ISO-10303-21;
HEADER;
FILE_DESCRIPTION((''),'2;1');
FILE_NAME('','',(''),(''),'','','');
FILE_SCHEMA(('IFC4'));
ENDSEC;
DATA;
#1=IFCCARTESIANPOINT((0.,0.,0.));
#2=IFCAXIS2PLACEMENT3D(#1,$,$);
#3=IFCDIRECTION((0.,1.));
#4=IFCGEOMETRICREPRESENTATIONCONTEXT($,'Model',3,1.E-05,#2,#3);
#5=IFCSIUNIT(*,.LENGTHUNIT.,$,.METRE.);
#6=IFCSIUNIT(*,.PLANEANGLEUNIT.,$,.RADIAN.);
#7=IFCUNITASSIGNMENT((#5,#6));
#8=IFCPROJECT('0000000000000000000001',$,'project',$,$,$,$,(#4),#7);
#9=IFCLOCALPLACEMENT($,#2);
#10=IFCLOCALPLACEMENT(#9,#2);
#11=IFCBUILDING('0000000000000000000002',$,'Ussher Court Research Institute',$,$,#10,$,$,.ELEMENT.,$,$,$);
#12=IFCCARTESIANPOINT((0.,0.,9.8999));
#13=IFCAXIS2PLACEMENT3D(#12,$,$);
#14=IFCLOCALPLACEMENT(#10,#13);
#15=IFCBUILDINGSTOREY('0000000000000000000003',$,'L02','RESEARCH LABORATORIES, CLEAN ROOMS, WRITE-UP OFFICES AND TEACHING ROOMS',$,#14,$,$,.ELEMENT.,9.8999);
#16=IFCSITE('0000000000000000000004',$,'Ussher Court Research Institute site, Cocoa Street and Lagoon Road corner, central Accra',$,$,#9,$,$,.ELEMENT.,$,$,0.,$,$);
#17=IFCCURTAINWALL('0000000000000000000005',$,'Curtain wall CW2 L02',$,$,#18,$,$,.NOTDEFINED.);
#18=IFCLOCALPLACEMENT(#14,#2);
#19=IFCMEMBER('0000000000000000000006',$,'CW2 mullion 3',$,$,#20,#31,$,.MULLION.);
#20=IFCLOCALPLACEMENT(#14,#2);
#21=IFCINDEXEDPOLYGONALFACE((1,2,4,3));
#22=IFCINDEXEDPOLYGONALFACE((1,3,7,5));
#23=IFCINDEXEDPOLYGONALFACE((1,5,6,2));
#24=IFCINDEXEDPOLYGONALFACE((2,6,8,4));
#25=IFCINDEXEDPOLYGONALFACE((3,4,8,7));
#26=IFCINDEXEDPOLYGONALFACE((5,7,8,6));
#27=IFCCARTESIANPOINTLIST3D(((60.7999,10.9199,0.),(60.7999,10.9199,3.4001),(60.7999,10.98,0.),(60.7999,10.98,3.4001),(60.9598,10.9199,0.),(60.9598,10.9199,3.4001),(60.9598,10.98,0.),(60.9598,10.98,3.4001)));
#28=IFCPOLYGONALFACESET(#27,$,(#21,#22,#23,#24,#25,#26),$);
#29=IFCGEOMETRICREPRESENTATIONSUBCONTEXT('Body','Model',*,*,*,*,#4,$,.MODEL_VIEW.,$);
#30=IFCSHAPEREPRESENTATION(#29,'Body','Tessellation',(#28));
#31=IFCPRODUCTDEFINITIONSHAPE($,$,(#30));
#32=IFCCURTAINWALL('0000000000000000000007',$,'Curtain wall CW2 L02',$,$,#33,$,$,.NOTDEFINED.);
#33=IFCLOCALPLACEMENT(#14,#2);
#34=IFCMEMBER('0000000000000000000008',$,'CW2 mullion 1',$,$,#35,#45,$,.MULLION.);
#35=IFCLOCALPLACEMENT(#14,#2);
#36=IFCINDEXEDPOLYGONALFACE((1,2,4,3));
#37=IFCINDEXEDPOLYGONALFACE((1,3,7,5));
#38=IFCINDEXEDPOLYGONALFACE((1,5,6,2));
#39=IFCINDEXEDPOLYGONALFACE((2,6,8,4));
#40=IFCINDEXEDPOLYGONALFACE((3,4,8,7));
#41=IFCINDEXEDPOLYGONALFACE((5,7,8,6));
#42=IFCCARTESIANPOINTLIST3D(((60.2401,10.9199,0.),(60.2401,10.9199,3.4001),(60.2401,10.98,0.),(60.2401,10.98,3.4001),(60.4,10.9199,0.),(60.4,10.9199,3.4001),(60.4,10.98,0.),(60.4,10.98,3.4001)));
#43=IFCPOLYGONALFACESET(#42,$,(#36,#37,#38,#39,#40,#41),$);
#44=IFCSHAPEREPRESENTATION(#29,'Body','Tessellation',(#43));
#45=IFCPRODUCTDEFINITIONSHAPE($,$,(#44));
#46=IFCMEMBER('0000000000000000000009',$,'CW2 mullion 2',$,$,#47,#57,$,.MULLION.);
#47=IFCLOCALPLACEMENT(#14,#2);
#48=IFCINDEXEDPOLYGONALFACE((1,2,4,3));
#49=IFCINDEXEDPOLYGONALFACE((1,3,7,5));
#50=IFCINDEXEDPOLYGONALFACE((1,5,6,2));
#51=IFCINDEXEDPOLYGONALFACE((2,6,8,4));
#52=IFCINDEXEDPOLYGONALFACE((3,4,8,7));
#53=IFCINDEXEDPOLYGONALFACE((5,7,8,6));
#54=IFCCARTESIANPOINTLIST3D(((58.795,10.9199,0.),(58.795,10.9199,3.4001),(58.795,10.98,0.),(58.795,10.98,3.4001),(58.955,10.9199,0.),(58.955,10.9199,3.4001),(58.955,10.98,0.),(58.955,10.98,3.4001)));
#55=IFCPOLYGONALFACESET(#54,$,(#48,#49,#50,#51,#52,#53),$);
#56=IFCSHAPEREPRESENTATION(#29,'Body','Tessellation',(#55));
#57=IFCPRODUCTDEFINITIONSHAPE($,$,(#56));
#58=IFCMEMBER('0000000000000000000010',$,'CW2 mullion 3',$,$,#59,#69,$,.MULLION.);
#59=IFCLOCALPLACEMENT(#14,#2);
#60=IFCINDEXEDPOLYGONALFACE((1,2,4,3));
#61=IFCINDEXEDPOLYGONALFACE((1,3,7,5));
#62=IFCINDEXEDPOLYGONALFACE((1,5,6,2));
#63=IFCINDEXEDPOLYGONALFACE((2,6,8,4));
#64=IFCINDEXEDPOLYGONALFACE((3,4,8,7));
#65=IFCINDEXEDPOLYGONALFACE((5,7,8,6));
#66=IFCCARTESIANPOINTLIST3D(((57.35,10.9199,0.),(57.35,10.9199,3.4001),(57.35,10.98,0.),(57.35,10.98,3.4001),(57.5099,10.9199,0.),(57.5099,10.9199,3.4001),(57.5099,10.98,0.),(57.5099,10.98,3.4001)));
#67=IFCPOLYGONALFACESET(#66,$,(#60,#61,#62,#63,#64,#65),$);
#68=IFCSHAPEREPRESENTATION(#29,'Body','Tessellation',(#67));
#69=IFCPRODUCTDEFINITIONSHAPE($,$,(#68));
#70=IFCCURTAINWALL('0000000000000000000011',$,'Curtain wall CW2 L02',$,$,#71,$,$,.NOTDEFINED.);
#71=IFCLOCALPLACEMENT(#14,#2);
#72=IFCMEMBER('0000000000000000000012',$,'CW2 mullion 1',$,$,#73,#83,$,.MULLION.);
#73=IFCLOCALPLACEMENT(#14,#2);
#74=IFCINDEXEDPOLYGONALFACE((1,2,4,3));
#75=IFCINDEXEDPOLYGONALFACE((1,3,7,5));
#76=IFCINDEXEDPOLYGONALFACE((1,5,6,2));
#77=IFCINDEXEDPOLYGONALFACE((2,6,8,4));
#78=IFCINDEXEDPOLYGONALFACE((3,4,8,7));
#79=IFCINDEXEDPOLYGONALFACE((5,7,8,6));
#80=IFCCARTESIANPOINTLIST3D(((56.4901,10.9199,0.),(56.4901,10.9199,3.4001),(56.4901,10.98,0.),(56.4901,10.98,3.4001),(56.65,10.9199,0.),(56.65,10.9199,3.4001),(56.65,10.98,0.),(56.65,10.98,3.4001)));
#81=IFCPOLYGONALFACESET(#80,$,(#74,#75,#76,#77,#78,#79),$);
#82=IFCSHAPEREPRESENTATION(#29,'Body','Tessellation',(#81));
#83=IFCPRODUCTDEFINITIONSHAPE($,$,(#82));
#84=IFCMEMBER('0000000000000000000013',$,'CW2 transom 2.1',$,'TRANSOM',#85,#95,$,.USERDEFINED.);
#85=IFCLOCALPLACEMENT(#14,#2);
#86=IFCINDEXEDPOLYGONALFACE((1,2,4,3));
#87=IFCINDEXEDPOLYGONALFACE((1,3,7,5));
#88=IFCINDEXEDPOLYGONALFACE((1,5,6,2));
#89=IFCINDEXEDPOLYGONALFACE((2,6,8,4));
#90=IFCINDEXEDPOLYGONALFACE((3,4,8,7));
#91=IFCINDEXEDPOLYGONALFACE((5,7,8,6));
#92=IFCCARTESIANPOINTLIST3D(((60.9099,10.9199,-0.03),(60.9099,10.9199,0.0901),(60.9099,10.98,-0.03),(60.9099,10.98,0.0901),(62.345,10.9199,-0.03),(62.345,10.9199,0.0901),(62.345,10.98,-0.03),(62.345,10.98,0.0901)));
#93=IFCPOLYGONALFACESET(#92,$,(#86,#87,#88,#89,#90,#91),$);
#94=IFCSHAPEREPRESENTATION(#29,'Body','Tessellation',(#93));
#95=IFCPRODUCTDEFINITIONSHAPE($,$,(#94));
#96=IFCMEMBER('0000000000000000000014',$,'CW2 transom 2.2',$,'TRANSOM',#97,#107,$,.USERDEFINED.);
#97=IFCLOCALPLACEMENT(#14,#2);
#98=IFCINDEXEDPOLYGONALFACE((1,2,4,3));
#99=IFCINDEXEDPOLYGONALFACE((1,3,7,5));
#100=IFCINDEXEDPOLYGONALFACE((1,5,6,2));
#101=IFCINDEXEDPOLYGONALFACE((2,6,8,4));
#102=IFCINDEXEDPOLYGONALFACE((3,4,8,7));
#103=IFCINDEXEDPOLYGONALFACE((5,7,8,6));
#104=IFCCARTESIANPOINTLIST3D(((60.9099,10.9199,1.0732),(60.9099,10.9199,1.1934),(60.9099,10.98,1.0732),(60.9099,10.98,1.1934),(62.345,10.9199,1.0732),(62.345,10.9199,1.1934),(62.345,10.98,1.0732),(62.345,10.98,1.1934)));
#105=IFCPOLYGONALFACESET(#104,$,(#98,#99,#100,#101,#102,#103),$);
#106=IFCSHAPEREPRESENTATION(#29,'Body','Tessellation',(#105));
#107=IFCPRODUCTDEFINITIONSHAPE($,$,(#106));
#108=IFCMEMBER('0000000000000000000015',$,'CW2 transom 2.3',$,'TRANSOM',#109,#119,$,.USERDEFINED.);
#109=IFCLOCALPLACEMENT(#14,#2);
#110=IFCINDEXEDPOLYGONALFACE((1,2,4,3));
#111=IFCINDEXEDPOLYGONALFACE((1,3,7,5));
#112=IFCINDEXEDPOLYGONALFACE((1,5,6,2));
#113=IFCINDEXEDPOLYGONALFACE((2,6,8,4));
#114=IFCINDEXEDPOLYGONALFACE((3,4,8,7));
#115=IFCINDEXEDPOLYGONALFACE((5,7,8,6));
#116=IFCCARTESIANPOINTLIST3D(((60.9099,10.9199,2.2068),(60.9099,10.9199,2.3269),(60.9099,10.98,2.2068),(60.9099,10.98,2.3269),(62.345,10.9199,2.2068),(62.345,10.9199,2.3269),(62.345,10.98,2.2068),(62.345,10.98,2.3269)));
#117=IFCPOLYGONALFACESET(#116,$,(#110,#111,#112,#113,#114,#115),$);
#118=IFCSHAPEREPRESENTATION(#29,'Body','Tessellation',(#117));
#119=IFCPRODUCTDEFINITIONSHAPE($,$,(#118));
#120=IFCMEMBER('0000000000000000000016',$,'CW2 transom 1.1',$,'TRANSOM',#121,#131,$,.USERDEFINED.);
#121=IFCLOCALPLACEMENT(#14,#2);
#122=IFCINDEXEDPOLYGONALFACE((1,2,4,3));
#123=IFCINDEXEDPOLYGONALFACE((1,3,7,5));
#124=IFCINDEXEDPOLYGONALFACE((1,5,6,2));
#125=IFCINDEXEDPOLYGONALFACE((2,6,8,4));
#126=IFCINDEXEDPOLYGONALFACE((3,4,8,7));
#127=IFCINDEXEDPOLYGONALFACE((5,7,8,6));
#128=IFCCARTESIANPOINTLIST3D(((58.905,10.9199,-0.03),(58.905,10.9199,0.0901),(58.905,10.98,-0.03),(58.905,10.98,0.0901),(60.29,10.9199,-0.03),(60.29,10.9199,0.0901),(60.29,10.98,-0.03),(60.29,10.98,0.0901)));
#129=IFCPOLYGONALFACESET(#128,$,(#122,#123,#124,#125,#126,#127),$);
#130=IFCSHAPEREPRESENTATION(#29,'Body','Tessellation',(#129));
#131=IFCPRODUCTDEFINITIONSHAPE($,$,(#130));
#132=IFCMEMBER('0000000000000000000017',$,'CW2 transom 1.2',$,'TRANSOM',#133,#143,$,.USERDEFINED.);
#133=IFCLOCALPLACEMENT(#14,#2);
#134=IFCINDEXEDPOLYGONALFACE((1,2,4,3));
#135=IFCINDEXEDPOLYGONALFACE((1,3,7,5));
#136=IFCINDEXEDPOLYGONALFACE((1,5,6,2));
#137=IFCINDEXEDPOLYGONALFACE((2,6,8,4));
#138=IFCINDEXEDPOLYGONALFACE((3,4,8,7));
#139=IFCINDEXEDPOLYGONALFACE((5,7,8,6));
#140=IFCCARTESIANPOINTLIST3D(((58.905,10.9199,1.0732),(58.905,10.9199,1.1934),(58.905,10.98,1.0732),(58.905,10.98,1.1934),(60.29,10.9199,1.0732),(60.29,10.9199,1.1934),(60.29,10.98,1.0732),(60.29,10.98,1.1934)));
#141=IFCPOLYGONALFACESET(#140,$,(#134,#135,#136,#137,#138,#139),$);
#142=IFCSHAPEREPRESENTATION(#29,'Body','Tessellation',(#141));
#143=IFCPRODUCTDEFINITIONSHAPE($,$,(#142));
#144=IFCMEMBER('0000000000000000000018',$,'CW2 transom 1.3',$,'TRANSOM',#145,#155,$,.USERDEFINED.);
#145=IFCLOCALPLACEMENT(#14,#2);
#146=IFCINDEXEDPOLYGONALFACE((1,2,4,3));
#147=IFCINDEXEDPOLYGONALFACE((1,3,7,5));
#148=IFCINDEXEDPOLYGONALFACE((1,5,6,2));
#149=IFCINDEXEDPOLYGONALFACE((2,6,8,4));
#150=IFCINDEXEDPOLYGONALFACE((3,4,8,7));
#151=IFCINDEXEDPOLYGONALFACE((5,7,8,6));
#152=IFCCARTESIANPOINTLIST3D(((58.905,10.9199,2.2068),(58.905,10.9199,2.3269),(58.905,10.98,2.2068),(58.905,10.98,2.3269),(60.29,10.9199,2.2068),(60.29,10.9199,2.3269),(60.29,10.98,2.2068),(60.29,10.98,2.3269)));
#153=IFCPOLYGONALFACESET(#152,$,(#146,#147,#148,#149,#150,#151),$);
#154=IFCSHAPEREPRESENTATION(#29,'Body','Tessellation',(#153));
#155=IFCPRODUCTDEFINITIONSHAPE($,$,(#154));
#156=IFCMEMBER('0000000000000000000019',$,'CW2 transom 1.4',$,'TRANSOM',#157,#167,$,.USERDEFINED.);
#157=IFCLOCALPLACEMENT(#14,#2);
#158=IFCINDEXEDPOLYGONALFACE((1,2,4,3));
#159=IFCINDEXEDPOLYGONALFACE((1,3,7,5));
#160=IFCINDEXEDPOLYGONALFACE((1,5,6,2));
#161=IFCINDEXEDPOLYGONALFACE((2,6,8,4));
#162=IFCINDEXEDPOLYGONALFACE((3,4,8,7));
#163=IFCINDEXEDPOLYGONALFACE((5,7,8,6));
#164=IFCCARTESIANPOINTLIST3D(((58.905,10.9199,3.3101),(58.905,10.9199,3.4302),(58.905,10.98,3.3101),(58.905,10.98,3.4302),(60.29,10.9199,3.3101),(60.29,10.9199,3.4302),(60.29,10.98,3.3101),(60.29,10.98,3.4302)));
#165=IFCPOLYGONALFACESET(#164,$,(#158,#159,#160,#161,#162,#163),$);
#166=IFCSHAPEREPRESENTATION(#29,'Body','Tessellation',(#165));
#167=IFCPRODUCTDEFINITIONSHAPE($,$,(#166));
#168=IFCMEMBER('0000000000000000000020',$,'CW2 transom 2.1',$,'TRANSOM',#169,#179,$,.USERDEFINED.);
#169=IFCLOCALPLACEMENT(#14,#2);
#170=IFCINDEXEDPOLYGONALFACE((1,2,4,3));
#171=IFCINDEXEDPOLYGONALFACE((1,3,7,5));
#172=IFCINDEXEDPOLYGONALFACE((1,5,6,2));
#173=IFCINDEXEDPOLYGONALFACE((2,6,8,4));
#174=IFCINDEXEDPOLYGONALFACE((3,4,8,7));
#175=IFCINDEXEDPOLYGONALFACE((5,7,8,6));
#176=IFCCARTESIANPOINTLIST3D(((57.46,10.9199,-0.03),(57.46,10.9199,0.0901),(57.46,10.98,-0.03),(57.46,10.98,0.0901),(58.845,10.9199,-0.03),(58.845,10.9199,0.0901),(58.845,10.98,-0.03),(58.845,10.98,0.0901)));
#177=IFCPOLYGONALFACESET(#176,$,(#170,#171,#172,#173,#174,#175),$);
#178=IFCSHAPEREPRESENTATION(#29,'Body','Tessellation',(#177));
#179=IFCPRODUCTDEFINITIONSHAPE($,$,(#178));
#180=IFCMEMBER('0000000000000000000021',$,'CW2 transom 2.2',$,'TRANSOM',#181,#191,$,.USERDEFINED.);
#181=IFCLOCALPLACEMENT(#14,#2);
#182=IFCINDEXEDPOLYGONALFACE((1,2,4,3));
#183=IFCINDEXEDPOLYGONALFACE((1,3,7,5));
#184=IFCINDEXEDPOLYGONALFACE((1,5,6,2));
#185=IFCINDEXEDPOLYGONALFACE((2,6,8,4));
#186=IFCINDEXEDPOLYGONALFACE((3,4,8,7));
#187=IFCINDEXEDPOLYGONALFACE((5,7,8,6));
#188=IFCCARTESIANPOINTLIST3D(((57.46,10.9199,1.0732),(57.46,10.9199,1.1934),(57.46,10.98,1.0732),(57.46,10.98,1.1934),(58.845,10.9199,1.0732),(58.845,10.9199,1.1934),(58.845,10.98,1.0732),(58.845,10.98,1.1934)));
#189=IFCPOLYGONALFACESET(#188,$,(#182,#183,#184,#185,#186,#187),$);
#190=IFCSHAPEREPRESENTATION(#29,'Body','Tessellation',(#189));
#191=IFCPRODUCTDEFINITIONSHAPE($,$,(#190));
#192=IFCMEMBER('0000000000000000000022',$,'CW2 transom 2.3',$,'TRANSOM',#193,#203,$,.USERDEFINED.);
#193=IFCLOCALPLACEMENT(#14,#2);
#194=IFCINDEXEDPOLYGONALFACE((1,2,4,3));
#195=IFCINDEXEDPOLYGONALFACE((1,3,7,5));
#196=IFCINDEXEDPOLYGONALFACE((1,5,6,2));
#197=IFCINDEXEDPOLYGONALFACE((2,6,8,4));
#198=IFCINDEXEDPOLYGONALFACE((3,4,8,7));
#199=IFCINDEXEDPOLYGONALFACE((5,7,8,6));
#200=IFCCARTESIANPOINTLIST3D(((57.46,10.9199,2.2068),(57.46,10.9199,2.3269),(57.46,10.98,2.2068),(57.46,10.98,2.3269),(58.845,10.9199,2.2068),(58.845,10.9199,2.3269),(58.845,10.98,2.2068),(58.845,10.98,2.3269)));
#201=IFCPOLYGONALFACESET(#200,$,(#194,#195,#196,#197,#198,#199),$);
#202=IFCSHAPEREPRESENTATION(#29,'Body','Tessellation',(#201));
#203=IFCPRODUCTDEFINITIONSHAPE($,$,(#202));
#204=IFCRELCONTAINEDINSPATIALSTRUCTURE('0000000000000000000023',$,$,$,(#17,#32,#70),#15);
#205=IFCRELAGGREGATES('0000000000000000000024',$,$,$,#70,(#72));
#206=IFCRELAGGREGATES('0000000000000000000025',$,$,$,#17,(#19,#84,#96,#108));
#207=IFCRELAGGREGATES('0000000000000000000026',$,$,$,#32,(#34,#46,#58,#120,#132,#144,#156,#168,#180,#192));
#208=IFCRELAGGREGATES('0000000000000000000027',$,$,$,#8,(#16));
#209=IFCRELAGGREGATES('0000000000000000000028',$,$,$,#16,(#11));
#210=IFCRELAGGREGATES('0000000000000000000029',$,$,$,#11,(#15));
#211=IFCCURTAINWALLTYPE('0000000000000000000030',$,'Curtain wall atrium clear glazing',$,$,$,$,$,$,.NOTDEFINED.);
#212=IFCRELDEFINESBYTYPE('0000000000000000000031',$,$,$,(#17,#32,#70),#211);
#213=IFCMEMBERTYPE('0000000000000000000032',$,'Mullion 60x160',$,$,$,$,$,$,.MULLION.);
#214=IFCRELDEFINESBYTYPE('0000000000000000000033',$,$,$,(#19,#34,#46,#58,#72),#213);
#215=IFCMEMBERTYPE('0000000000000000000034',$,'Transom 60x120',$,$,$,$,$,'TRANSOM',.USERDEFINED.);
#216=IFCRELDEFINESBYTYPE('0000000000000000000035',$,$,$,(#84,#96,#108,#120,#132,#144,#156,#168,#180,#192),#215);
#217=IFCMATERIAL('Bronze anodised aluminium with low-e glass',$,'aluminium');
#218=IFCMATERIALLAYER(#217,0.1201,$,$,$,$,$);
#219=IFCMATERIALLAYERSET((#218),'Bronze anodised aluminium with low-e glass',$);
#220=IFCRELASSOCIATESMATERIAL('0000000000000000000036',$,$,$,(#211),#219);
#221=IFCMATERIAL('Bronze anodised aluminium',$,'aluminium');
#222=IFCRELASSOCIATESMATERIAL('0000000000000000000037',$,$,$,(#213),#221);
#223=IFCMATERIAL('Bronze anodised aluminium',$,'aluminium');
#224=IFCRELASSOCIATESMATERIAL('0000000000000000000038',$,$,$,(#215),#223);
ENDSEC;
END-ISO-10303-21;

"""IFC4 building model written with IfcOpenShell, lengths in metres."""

from ifc_helpers import new_model, si_unit, direction, frame, origin, origin_2d, place, context, subcontext, project, spatial, rectangle, extrude, material, layer, layer_set, material_profile, profile_set, type_object, element, aggregate, save


model = new_model("IFC4")

# Units and contexts
model_context = context("Model", 3, precision=1e-05, world=origin(), true_north=direction((0.0, 1.0)))
body_context = subcontext(model_context, "Body", "Model", "MODEL_VIEW")
ifc_project = project(units=[si_unit("LENGTHUNIT", "METRE"), si_unit("PLANEANGLEUNIT", "RADIAN")], contexts=[model_context])

# Site, building, storey
site_placement = place(None, origin())
site = spatial("IfcSite", under=ifc_project, at=site_placement, Name="Ussher Court Research Institute site, Cocoa Street and Lagoon Road corner, central Accra", CompositionType="ELEMENT", RefElevation=0.0)
building_placement = place(site_placement, origin())
building = spatial("IfcBuilding", under=site, at=building_placement, Name="Ussher Court Research Institute", CompositionType="ELEMENT")
storey_placement = place(building_placement, frame((0.0, 0.0, 9.8999)))
storey = spatial("IfcBuildingStorey", under=building, at=storey_placement, Name="L02", Description="RESEARCH LABORATORIES, CLEAN ROOMS, WRITE-UP OFFICES AND TEACHING ROOMS", CompositionType="ELEMENT", Elevation=9.8999)

# Curtain wall, member
ifc_material_1 = material(Name="Bronze anodised aluminium with low-e glass", Category="aluminium")
ifc_layer_1 = layer(ifc_material_1, 0.1201)
ifc_layer_set_1 = layer_set([ifc_layer_1], Name="Bronze anodised aluminium with low-e glass")
curtain_wall_type = type_object("IfcCurtainWallType", Name="Curtain wall atrium clear glazing", PredefinedType="NOTDEFINED", material=ifc_layer_set_1)
curtain_wall_1_placement = place(storey_placement, origin())
curtain_wall_1 = element("IfcCurtainWall", 1, at=curtain_wall_1_placement, inside=storey, type_object=curtain_wall_type, Name="Curtain wall CW2 L02", PredefinedType="NOTDEFINED")
ifc_material_2 = material(Name="Bronze anodised aluminium", Category="aluminium")
ifc_material_profile_1 = material_profile(ifc_material_2, rectangle(XDim=0.0601, YDim=0.1599, at=origin_2d()), Name="Mullion 60x160")
ifc_profile_set_1 = profile_set([ifc_material_profile_1], Name="Bronze anodised aluminium")
member_type_1 = type_object("IfcMemberType", Name="Mullion 60x160", PredefinedType="MULLION", material=ifc_profile_set_1)
member_1_placement = place(storey_placement, frame((60.8799, 10.95, 0.0), z_axis=(0.0, 0.0, 1.0), x_axis=(0.0, -1.0, 0.0)))
member_1 = element("IfcMember", 2, at=member_1_placement, type_object=member_type_1, Name="CW2 mullion 3", PredefinedType="MULLION", context=body_context, shape_type="SweptSolid", body=[
    extrude(rectangle(XDim=0.0601, YDim=0.1599, at=origin_2d()), origin(), (0.0, 0.0, 1.0), 3.4001),
])

# Curtain wall, members
curtain_wall_2_placement = place(storey_placement, origin())
curtain_wall_2 = element("IfcCurtainWall", 3, at=curtain_wall_2_placement, inside=storey, type_object=curtain_wall_type, Name="Curtain wall CW2 L02", PredefinedType="NOTDEFINED")
member_2_placement = place(storey_placement, frame((60.3201, 10.95, 0.0), z_axis=(0.0, 0.0, 1.0), x_axis=(0.0, -1.0, 0.0)))
member_2 = element("IfcMember", 4, at=member_2_placement, type_object=member_type_1, Name="CW2 mullion 1", PredefinedType="MULLION", context=body_context, shape_type="SweptSolid", body=[
    extrude(rectangle(XDim=0.0601, YDim=0.1599, at=origin_2d()), origin(), (0.0, 0.0, 1.0), 3.4001),
])
member_3_placement = place(storey_placement, frame((58.875, 10.95, 0.0), z_axis=(0.0, 0.0, 1.0), x_axis=(0.0, -1.0, 0.0)))
member_3 = element("IfcMember", 5, at=member_3_placement, type_object=member_type_1, Name="CW2 mullion 2", PredefinedType="MULLION", context=body_context, shape_type="SweptSolid", body=[
    extrude(rectangle(XDim=0.0601, YDim=0.1599, at=origin_2d()), origin(), (0.0, 0.0, 1.0), 3.4001),
])
member_4_placement = place(storey_placement, frame((57.4299, 10.95, 0.0), z_axis=(0.0, 0.0, 1.0), x_axis=(0.0, -1.0, 0.0)))
member_4 = element("IfcMember", 6, at=member_4_placement, type_object=member_type_1, Name="CW2 mullion 3", PredefinedType="MULLION", context=body_context, shape_type="SweptSolid", body=[
    extrude(rectangle(XDim=0.0601, YDim=0.1599, at=origin_2d()), origin(), (0.0, 0.0, 1.0), 3.4001),
])

# Curtain wall, member
curtain_wall_3_placement = place(storey_placement, origin())
curtain_wall_3 = element("IfcCurtainWall", 7, at=curtain_wall_3_placement, inside=storey, type_object=curtain_wall_type, Name="Curtain wall CW2 L02", PredefinedType="NOTDEFINED")
member_5_placement = place(storey_placement, frame((56.5701, 10.95, 0.0), z_axis=(0.0, 0.0, 1.0), x_axis=(0.0, -1.0, 0.0)))
member_5 = element("IfcMember", 8, at=member_5_placement, type_object=member_type_1, Name="CW2 mullion 1", PredefinedType="MULLION", context=body_context, shape_type="SweptSolid", body=[
    extrude(rectangle(XDim=0.0601, YDim=0.1599, at=origin_2d()), origin(), (0.0, 0.0, 1.0), 3.4001),
])

# Members
ifc_material_3 = material(Name="Bronze anodised aluminium", Category="aluminium")
ifc_material_profile_2 = material_profile(ifc_material_3, rectangle(XDim=0.0601, YDim=0.1201, at=origin_2d()), Name="Transom 60x120")
ifc_profile_set_2 = profile_set([ifc_material_profile_2], Name="Bronze anodised aluminium")
member_type_2 = type_object("IfcMemberType", Name="Transom 60x120", ElementType="TRANSOM", PredefinedType="USERDEFINED", material=ifc_profile_set_2)
member_6_placement = place(storey_placement, frame((62.345, 10.95, 0.03), z_axis=(-1.0, 0.0, 0.0), x_axis=(0.0, -1.0, 0.0)))
member_6 = element("IfcMember", 9, at=member_6_placement, type_object=member_type_2, Name="CW2 transom 2.1", ObjectType="TRANSOM", PredefinedType="USERDEFINED", context=body_context, shape_type="SweptSolid", body=[
    extrude(rectangle(XDim=0.0601, YDim=0.1201, at=origin_2d()), origin(), (0.0, 0.0, 1.0), 1.4351),
])
member_7_placement = place(storey_placement, frame((62.345, 10.95, 1.1333), z_axis=(-1.0, 0.0, 0.0), x_axis=(0.0, -1.0, 0.0)))
member_7 = element("IfcMember", 10, at=member_7_placement, type_object=member_type_2, Name="CW2 transom 2.2", ObjectType="TRANSOM", PredefinedType="USERDEFINED", context=body_context, shape_type="SweptSolid", body=[
    extrude(rectangle(XDim=0.0601, YDim=0.1201, at=origin_2d()), origin(), (0.0, 0.0, 1.0), 1.4351),
])
member_8_placement = place(storey_placement, frame((62.345, 10.95, 2.2668), z_axis=(-1.0, 0.0, 0.0), x_axis=(0.0, -1.0, 0.0)))
member_8 = element("IfcMember", 11, at=member_8_placement, type_object=member_type_2, Name="CW2 transom 2.3", ObjectType="TRANSOM", PredefinedType="USERDEFINED", context=body_context, shape_type="SweptSolid", body=[
    extrude(rectangle(XDim=0.0601, YDim=0.1201, at=origin_2d()), origin(), (0.0, 0.0, 1.0), 1.4351),
])
member_9_placement = place(storey_placement, frame((60.29, 10.95, 0.03), z_axis=(-1.0, 0.0, 0.0), x_axis=(0.0, -1.0, 0.0)))
member_9 = element("IfcMember", 12, at=member_9_placement, type_object=member_type_2, Name="CW2 transom 1.1", ObjectType="TRANSOM", PredefinedType="USERDEFINED", context=body_context, shape_type="SweptSolid", body=[
    extrude(rectangle(XDim=0.0601, YDim=0.1201, at=origin_2d()), origin(), (0.0, 0.0, 1.0), 1.385),
])
member_10_placement = place(storey_placement, frame((60.29, 10.95, 1.1333), z_axis=(-1.0, 0.0, 0.0), x_axis=(0.0, -1.0, 0.0)))
member_10 = element("IfcMember", 13, at=member_10_placement, type_object=member_type_2, Name="CW2 transom 1.2", ObjectType="TRANSOM", PredefinedType="USERDEFINED", context=body_context, shape_type="SweptSolid", body=[
    extrude(rectangle(XDim=0.0601, YDim=0.1201, at=origin_2d()), origin(), (0.0, 0.0, 1.0), 1.385),
])
member_11_placement = place(storey_placement, frame((60.29, 10.95, 2.2668), z_axis=(-1.0, 0.0, 0.0), x_axis=(0.0, -1.0, 0.0)))
member_11 = element("IfcMember", 14, at=member_11_placement, type_object=member_type_2, Name="CW2 transom 1.3", ObjectType="TRANSOM", PredefinedType="USERDEFINED", context=body_context, shape_type="SweptSolid", body=[
    extrude(rectangle(XDim=0.0601, YDim=0.1201, at=origin_2d()), origin(), (0.0, 0.0, 1.0), 1.385),
])
member_12_placement = place(storey_placement, frame((60.29, 10.95, 3.3701), z_axis=(-1.0, 0.0, 0.0), x_axis=(0.0, -1.0, 0.0)))
member_12 = element("IfcMember", 15, at=member_12_placement, type_object=member_type_2, Name="CW2 transom 1.4", ObjectType="TRANSOM", PredefinedType="USERDEFINED", context=body_context, shape_type="SweptSolid", body=[
    extrude(rectangle(XDim=0.0601, YDim=0.1201, at=origin_2d()), origin(), (0.0, 0.0, 1.0), 1.385),
])
member_13_placement = place(storey_placement, frame((58.845, 10.95, 0.03), z_axis=(-1.0, 0.0, 0.0), x_axis=(0.0, -1.0, 0.0)))
member_13 = element("IfcMember", 16, at=member_13_placement, type_object=member_type_2, Name="CW2 transom 2.1", ObjectType="TRANSOM", PredefinedType="USERDEFINED", context=body_context, shape_type="SweptSolid", body=[
    extrude(rectangle(XDim=0.0601, YDim=0.1201, at=origin_2d()), origin(), (0.0, 0.0, 1.0), 1.385),
])
member_14_placement = place(storey_placement, frame((58.845, 10.95, 1.1333), z_axis=(-1.0, 0.0, 0.0), x_axis=(0.0, -1.0, 0.0)))
member_14 = element("IfcMember", 17, at=member_14_placement, type_object=member_type_2, Name="CW2 transom 2.2", ObjectType="TRANSOM", PredefinedType="USERDEFINED", context=body_context, shape_type="SweptSolid", body=[
    extrude(rectangle(XDim=0.0601, YDim=0.1201, at=origin_2d()), origin(), (0.0, 0.0, 1.0), 1.385),
])
member_15_placement = place(storey_placement, frame((58.845, 10.95, 2.2668), z_axis=(-1.0, 0.0, 0.0), x_axis=(0.0, -1.0, 0.0)))
member_15 = element("IfcMember", 18, at=member_15_placement, type_object=member_type_2, Name="CW2 transom 2.3", ObjectType="TRANSOM", PredefinedType="USERDEFINED", context=body_context, shape_type="SweptSolid", body=[
    extrude(rectangle(XDim=0.0601, YDim=0.1201, at=origin_2d()), origin(), (0.0, 0.0, 1.0), 1.385),
])
aggregate(curtain_wall_3, [member_5])

aggregate(curtain_wall_1, [member_1, member_6, member_7, member_8])
aggregate(curtain_wall_2, [member_2, member_3, member_4, member_9, member_10, member_11, member_12, member_13, member_14, member_15])

save(model, "model.ifc")
